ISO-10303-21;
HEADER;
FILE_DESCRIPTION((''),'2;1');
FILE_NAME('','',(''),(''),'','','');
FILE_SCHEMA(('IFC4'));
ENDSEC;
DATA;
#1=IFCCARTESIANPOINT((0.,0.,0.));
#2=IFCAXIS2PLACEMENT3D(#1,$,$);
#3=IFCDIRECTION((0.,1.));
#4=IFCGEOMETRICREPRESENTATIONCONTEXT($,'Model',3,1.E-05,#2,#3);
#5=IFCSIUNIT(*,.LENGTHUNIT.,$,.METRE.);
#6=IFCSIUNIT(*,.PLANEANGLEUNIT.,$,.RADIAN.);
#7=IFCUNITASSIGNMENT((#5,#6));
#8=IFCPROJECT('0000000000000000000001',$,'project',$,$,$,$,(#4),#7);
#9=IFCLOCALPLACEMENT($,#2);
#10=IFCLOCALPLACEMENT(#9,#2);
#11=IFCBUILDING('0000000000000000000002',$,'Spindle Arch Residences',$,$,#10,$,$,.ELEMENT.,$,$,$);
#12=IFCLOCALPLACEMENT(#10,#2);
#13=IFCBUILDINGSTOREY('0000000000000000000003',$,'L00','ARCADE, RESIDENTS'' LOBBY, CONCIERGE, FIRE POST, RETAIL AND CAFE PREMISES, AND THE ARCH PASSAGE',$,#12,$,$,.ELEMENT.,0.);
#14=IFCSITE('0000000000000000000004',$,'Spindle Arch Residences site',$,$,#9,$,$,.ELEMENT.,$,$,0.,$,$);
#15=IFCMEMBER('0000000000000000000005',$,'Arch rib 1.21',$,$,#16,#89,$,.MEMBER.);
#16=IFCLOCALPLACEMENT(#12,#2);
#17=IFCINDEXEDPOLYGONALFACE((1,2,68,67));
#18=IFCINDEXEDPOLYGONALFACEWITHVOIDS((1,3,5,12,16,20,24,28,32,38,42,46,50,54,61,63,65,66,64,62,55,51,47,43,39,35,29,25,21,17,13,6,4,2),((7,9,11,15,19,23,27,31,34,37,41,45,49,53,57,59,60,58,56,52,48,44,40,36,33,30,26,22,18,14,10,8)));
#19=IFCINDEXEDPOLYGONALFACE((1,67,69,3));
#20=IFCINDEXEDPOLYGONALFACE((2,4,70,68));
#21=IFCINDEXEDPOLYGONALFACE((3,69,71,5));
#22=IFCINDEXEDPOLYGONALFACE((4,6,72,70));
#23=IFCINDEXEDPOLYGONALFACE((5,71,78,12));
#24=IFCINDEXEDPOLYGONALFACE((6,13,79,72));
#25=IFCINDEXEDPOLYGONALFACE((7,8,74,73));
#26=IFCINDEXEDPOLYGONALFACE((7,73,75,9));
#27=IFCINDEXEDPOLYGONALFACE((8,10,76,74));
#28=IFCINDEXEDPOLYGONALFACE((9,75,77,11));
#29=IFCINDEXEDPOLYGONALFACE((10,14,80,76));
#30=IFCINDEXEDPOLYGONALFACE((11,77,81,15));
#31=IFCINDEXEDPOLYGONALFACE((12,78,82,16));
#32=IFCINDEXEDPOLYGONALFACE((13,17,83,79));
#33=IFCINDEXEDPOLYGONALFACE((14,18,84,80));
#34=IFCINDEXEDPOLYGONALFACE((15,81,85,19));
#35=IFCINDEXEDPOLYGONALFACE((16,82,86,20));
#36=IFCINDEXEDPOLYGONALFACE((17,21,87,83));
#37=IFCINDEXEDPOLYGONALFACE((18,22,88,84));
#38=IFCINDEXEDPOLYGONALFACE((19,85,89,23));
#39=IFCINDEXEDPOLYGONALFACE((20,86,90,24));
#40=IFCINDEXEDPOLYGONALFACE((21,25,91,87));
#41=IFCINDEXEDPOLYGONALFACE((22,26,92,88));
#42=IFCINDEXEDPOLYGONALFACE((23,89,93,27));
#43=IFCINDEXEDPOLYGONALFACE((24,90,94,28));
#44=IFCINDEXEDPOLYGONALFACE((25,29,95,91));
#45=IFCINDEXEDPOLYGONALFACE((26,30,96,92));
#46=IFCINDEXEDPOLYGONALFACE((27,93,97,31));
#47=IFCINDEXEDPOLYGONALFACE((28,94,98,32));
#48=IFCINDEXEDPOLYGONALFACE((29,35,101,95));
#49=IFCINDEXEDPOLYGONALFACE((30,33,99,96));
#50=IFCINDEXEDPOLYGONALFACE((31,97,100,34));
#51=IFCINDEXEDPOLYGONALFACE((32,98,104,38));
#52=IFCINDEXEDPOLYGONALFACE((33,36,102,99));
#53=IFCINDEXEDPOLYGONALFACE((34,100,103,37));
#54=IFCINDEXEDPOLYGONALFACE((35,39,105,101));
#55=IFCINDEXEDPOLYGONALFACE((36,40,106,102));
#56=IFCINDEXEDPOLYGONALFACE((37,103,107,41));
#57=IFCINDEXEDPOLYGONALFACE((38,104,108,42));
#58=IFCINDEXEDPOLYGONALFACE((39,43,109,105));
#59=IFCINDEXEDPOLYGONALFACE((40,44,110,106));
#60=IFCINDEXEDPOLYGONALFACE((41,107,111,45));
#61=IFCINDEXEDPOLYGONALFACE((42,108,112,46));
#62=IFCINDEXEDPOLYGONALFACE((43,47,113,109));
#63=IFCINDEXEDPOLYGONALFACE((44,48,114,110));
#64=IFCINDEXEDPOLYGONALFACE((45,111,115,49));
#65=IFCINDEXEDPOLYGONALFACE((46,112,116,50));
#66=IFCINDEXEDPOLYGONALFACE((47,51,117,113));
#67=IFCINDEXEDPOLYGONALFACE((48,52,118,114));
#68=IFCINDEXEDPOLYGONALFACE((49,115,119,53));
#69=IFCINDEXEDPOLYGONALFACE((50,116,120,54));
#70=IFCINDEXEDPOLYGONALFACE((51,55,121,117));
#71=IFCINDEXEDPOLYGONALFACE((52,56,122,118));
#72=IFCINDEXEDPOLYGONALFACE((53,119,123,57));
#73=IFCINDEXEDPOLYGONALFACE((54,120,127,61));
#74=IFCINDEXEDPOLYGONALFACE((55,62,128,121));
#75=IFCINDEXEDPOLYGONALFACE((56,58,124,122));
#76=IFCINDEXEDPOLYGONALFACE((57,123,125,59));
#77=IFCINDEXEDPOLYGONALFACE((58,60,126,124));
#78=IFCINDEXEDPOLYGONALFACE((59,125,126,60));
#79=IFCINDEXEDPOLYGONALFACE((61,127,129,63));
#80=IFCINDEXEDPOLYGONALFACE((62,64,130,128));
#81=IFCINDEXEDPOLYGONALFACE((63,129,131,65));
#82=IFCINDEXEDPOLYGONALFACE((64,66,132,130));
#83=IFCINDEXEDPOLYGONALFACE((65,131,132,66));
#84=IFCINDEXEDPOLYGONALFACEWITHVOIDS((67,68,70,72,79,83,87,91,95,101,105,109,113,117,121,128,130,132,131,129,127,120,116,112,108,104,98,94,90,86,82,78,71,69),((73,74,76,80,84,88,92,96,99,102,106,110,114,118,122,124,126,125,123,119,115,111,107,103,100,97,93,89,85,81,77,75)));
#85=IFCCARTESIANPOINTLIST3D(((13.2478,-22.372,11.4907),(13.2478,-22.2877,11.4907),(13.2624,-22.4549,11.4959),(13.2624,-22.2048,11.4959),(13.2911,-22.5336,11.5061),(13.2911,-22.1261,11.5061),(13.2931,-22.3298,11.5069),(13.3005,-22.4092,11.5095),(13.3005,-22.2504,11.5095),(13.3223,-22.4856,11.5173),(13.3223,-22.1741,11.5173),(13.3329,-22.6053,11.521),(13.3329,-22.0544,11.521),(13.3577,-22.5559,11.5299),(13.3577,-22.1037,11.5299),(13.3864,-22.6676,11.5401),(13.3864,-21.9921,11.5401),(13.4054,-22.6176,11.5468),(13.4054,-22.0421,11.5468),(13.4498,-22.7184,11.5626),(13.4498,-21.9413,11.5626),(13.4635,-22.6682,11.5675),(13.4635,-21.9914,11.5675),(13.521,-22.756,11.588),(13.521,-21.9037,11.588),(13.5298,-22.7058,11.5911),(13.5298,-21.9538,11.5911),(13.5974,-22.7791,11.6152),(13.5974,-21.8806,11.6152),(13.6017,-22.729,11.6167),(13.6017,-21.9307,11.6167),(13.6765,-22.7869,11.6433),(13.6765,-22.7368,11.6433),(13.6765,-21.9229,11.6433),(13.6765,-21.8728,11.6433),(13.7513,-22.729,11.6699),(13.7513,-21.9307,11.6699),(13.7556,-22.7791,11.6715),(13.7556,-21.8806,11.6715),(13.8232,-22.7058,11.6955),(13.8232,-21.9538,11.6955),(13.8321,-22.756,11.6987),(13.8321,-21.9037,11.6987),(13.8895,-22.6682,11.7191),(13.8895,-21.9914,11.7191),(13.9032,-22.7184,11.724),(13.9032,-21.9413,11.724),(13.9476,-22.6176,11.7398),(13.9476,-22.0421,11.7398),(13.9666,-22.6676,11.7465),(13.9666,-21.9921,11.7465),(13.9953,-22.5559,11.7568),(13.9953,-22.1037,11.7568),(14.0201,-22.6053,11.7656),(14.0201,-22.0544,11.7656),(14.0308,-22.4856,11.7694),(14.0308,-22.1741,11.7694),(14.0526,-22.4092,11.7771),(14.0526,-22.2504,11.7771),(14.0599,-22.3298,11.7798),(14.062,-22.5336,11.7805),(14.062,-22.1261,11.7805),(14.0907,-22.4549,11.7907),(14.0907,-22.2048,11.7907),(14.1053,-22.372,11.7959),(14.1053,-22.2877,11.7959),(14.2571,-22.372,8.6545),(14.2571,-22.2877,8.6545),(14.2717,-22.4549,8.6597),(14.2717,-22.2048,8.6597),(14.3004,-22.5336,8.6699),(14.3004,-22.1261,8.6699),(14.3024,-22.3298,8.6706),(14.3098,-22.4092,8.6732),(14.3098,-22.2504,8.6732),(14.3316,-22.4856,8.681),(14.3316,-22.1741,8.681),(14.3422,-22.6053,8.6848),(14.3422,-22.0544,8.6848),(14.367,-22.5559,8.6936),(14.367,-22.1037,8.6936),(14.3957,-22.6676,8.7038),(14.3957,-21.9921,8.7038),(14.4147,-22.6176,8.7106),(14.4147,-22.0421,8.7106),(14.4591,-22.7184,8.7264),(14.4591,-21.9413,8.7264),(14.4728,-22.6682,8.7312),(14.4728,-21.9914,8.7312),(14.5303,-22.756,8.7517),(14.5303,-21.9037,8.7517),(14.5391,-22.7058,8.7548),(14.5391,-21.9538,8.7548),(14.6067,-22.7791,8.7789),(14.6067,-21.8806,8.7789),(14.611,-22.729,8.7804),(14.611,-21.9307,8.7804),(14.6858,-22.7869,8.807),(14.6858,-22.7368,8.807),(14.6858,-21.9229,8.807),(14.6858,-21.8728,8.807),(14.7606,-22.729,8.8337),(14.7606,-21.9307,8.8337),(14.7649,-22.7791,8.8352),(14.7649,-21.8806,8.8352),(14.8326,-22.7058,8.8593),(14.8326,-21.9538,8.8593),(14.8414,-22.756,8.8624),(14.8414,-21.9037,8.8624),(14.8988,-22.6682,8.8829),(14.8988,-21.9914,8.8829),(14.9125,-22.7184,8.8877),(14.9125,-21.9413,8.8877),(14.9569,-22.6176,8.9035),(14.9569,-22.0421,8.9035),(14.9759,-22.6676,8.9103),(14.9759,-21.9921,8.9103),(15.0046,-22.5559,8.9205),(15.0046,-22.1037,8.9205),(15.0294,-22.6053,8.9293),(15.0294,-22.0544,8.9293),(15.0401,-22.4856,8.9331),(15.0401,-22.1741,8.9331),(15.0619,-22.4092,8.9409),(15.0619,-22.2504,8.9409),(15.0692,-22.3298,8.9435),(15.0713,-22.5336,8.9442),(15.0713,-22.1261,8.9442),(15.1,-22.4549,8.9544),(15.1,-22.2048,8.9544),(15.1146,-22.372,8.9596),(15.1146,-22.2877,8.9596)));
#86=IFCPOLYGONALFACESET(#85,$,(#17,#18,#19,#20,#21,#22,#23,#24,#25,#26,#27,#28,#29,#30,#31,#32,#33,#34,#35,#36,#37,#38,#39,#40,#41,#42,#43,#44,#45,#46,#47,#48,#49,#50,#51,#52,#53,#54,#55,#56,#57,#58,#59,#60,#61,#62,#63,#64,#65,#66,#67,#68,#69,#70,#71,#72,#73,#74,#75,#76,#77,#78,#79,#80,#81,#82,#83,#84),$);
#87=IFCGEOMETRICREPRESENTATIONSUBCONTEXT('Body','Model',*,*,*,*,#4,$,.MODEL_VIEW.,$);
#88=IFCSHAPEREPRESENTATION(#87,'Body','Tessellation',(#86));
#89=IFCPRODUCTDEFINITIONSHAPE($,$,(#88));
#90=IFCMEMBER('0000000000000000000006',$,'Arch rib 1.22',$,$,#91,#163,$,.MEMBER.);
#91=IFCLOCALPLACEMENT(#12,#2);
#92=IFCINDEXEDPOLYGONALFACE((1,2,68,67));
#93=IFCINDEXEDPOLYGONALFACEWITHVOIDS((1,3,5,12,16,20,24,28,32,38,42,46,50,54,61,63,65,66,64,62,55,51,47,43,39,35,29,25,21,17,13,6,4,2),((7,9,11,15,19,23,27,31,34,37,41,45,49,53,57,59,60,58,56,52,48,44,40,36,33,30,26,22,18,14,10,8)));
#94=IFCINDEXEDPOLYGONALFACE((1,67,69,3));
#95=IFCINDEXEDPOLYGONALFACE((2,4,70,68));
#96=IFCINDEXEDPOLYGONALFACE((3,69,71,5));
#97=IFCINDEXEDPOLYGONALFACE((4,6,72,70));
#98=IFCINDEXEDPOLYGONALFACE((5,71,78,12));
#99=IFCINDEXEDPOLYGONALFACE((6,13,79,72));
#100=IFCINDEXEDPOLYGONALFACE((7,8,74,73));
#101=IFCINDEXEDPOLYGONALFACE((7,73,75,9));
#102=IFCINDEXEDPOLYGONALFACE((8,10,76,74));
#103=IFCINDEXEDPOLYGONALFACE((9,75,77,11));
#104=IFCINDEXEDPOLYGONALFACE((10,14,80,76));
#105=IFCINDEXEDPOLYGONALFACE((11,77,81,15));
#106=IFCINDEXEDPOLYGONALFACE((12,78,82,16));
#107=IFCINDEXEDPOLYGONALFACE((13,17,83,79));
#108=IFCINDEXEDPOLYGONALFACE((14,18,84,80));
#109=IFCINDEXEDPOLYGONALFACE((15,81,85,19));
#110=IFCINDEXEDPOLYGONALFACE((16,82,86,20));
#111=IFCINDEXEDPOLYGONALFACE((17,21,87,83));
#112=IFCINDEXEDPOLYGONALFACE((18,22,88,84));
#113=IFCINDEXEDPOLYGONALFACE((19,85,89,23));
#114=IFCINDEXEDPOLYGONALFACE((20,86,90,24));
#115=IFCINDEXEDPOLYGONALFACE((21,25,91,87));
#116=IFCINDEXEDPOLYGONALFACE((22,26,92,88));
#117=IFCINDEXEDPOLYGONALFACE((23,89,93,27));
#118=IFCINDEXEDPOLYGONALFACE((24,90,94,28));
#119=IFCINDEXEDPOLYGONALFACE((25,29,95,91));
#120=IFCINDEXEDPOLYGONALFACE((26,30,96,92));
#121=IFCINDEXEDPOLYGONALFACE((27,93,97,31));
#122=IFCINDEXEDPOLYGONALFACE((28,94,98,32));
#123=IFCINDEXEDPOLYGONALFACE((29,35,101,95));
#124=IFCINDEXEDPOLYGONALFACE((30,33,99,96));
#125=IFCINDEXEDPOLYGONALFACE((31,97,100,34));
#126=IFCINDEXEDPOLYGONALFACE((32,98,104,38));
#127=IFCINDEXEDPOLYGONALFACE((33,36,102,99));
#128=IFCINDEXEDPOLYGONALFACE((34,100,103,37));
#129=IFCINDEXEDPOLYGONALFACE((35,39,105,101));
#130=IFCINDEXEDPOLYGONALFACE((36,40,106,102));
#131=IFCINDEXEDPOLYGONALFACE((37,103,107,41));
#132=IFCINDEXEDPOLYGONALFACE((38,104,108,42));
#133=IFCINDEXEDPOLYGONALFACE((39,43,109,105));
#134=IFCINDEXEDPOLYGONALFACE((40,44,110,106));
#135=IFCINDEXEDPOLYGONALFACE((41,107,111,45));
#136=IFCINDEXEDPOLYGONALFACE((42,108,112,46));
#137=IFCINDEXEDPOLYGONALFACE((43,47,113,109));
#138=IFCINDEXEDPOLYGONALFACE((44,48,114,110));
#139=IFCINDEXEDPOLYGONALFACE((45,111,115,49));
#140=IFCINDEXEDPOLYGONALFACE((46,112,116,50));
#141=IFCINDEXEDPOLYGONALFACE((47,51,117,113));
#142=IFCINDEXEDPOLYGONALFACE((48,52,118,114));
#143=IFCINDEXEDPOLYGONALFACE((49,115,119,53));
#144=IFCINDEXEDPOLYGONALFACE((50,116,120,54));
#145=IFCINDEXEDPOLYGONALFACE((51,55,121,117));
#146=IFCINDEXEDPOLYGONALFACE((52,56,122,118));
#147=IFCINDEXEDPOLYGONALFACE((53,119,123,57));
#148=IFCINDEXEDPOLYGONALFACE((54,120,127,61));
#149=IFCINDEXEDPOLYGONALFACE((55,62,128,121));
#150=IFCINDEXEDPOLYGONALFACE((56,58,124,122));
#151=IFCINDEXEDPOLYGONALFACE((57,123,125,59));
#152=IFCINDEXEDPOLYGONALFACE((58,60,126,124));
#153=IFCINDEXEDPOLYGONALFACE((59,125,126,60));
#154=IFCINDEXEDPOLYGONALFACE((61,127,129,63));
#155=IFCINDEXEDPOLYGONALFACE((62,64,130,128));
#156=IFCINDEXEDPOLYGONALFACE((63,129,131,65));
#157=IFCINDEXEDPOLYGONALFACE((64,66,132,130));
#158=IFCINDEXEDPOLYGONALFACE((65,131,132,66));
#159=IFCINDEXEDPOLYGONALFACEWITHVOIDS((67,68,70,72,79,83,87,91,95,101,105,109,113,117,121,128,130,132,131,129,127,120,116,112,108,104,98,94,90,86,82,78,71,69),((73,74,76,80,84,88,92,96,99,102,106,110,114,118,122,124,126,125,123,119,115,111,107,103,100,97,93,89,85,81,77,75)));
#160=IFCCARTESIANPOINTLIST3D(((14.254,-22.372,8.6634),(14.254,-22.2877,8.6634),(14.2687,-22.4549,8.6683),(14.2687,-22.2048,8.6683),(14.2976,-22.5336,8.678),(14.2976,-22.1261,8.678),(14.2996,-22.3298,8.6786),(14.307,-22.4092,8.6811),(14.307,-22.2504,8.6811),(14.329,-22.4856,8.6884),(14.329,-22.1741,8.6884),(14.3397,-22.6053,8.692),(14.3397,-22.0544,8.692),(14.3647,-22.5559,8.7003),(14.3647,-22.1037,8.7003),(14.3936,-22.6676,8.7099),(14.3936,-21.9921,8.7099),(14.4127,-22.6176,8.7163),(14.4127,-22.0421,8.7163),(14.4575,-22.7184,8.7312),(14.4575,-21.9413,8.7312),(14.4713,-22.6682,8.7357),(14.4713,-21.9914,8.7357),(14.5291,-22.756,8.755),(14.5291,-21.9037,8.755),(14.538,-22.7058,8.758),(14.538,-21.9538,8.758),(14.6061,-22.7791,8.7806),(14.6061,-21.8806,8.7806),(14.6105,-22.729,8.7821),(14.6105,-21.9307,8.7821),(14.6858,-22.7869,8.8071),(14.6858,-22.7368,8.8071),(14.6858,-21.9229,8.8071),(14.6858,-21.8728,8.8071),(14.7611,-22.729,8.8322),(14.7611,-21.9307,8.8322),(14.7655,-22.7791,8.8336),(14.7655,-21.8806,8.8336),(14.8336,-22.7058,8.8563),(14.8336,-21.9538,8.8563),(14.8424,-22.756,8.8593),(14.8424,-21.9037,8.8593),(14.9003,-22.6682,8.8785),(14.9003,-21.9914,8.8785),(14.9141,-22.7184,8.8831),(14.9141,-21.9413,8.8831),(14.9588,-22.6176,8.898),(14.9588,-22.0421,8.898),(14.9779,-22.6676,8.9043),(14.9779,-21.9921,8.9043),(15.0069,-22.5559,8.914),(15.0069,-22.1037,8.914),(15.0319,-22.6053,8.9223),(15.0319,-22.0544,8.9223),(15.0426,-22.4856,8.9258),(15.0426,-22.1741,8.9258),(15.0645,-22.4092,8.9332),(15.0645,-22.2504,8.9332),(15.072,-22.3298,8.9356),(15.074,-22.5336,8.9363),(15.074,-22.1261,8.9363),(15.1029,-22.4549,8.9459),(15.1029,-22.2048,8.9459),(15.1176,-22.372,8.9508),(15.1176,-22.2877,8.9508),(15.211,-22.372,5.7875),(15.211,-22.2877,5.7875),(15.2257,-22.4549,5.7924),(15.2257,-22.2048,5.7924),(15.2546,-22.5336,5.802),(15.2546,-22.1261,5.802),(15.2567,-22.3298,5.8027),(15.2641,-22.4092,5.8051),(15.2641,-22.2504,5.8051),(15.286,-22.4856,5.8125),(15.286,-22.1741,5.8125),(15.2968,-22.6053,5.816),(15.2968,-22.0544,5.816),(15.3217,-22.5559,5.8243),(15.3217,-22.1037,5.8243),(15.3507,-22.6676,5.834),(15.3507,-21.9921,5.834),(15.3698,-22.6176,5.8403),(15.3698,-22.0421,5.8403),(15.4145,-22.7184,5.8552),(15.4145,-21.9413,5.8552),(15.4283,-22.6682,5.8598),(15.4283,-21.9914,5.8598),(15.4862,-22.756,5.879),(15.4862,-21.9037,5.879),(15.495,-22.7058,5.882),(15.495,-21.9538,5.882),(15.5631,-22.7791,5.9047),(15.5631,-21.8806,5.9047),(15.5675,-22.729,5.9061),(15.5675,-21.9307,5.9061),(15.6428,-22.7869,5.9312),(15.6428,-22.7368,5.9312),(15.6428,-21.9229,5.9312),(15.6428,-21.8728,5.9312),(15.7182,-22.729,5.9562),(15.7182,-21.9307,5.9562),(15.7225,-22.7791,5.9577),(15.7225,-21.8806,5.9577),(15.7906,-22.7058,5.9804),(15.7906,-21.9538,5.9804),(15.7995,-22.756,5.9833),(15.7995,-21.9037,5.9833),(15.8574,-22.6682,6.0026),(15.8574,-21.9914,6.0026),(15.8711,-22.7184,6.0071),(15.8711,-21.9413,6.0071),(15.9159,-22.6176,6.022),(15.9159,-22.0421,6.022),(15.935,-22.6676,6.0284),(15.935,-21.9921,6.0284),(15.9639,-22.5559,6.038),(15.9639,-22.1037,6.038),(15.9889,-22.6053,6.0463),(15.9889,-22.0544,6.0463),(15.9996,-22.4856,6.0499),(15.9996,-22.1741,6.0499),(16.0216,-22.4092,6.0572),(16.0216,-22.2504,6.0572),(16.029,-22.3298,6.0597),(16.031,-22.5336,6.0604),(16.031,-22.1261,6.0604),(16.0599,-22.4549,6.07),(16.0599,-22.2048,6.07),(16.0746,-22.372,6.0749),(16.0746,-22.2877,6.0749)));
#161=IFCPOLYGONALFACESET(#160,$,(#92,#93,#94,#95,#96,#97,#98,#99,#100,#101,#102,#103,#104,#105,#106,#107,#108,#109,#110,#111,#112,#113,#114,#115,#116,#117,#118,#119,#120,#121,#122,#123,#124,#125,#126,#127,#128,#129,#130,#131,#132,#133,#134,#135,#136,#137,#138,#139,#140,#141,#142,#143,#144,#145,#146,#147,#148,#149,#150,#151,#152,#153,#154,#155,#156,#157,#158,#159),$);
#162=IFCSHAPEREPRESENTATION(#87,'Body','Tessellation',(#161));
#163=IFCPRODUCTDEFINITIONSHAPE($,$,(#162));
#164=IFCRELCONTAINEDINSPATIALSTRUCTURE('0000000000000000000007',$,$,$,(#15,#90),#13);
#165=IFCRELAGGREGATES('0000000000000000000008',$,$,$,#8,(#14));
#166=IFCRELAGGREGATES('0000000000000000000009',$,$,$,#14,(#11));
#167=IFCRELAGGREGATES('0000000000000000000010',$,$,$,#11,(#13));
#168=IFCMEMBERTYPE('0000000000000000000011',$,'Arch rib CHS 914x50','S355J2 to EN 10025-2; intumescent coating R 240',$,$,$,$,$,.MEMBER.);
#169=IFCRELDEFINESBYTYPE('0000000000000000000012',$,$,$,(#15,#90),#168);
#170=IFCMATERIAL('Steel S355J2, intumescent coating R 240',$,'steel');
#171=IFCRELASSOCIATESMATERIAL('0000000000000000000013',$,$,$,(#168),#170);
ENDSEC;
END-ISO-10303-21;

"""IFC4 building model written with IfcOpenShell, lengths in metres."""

from ifc_helpers import new_model, si_unit, direction, frame, origin, origin_2d, place, context, subcontext, project, spatial, hollow_circle, extrude, material, material_profile, profile_set, type_object, element, save


model = new_model("IFC4")

# Units and contexts
model_context = context("Model", 3, precision=1e-05, world=origin(), true_north=direction((0.0, 1.0)))
body_context = subcontext(model_context, "Body", "Model", "MODEL_VIEW")
ifc_project = project(units=[si_unit("LENGTHUNIT", "METRE"), si_unit("PLANEANGLEUNIT", "RADIAN")], contexts=[model_context])

# Site, building, storey
site_placement = place(None, origin())
site = spatial("IfcSite", under=ifc_project, at=site_placement, Name="Spindle Arch Residences site", CompositionType="ELEMENT", RefElevation=0.0)
building_placement = place(site_placement, origin())
building = spatial("IfcBuilding", under=site, at=building_placement, Name="Spindle Arch Residences", CompositionType="ELEMENT")
storey_placement = place(building_placement, origin())
storey = spatial("IfcBuildingStorey", under=building, at=storey_placement, Name="L00", Description="ARCADE, RESIDENTS' LOBBY, CONCIERGE, FIRE POST, RETAIL AND CAFE PREMISES, AND THE ARCH PASSAGE", CompositionType="ELEMENT", Elevation=0.0)

# Members
ifc_material_1 = material(Name="Steel S355J2, intumescent coating R 240", Category="steel")
ifc_material_profile_1 = material_profile(ifc_material_1, hollow_circle(Radius=0.457, WallThickness=0.05, at=origin_2d()), Name="CHS 914x50")
ifc_profile_set_1 = profile_set([ifc_material_profile_1], Name="Steel S355J2, intumescent coating R 240")
member_type_1 = type_object("IfcMemberType", Name="Arch rib CHS 914x50", Description="S355J2 to EN 10025-2; intumescent coating R 240", PredefinedType="MEMBER", material=ifc_profile_set_1)
member_1_placement = place(storey_placement, frame((13.6765, -22.3298, 11.6433), z_axis=(0.335262, 0.0, -0.942125), x_axis=(0.0, 1.0, 0.0)))
element("IfcMember", 1, at=member_1_placement, inside=storey, type_object=member_type_1, Name="Arch rib 1.21", PredefinedType="MEMBER", context=body_context, shape_type="SweptSolid", body=[
    extrude(hollow_circle(Radius=0.457, WallThickness=0.05, at=origin_2d()), origin(), (0.0, 0.0, 1.0), 3.0105),
])
member_2_placement = place(storey_placement, frame((14.6858, -22.3298, 8.8071), z_axis=(0.315744, 0.0, -0.948844), x_axis=(0.0, 1.0, 0.0)))
element("IfcMember", 2, at=member_2_placement, inside=storey, type_object=member_type_1, Name="Arch rib 1.22", PredefinedType="MEMBER", context=body_context, shape_type="SweptSolid", body=[
    extrude(hollow_circle(Radius=0.457, WallThickness=0.05, at=origin_2d()), origin(), (0.0, 0.0, 1.0), 3.031),
])

save(model, "model.ifc")
